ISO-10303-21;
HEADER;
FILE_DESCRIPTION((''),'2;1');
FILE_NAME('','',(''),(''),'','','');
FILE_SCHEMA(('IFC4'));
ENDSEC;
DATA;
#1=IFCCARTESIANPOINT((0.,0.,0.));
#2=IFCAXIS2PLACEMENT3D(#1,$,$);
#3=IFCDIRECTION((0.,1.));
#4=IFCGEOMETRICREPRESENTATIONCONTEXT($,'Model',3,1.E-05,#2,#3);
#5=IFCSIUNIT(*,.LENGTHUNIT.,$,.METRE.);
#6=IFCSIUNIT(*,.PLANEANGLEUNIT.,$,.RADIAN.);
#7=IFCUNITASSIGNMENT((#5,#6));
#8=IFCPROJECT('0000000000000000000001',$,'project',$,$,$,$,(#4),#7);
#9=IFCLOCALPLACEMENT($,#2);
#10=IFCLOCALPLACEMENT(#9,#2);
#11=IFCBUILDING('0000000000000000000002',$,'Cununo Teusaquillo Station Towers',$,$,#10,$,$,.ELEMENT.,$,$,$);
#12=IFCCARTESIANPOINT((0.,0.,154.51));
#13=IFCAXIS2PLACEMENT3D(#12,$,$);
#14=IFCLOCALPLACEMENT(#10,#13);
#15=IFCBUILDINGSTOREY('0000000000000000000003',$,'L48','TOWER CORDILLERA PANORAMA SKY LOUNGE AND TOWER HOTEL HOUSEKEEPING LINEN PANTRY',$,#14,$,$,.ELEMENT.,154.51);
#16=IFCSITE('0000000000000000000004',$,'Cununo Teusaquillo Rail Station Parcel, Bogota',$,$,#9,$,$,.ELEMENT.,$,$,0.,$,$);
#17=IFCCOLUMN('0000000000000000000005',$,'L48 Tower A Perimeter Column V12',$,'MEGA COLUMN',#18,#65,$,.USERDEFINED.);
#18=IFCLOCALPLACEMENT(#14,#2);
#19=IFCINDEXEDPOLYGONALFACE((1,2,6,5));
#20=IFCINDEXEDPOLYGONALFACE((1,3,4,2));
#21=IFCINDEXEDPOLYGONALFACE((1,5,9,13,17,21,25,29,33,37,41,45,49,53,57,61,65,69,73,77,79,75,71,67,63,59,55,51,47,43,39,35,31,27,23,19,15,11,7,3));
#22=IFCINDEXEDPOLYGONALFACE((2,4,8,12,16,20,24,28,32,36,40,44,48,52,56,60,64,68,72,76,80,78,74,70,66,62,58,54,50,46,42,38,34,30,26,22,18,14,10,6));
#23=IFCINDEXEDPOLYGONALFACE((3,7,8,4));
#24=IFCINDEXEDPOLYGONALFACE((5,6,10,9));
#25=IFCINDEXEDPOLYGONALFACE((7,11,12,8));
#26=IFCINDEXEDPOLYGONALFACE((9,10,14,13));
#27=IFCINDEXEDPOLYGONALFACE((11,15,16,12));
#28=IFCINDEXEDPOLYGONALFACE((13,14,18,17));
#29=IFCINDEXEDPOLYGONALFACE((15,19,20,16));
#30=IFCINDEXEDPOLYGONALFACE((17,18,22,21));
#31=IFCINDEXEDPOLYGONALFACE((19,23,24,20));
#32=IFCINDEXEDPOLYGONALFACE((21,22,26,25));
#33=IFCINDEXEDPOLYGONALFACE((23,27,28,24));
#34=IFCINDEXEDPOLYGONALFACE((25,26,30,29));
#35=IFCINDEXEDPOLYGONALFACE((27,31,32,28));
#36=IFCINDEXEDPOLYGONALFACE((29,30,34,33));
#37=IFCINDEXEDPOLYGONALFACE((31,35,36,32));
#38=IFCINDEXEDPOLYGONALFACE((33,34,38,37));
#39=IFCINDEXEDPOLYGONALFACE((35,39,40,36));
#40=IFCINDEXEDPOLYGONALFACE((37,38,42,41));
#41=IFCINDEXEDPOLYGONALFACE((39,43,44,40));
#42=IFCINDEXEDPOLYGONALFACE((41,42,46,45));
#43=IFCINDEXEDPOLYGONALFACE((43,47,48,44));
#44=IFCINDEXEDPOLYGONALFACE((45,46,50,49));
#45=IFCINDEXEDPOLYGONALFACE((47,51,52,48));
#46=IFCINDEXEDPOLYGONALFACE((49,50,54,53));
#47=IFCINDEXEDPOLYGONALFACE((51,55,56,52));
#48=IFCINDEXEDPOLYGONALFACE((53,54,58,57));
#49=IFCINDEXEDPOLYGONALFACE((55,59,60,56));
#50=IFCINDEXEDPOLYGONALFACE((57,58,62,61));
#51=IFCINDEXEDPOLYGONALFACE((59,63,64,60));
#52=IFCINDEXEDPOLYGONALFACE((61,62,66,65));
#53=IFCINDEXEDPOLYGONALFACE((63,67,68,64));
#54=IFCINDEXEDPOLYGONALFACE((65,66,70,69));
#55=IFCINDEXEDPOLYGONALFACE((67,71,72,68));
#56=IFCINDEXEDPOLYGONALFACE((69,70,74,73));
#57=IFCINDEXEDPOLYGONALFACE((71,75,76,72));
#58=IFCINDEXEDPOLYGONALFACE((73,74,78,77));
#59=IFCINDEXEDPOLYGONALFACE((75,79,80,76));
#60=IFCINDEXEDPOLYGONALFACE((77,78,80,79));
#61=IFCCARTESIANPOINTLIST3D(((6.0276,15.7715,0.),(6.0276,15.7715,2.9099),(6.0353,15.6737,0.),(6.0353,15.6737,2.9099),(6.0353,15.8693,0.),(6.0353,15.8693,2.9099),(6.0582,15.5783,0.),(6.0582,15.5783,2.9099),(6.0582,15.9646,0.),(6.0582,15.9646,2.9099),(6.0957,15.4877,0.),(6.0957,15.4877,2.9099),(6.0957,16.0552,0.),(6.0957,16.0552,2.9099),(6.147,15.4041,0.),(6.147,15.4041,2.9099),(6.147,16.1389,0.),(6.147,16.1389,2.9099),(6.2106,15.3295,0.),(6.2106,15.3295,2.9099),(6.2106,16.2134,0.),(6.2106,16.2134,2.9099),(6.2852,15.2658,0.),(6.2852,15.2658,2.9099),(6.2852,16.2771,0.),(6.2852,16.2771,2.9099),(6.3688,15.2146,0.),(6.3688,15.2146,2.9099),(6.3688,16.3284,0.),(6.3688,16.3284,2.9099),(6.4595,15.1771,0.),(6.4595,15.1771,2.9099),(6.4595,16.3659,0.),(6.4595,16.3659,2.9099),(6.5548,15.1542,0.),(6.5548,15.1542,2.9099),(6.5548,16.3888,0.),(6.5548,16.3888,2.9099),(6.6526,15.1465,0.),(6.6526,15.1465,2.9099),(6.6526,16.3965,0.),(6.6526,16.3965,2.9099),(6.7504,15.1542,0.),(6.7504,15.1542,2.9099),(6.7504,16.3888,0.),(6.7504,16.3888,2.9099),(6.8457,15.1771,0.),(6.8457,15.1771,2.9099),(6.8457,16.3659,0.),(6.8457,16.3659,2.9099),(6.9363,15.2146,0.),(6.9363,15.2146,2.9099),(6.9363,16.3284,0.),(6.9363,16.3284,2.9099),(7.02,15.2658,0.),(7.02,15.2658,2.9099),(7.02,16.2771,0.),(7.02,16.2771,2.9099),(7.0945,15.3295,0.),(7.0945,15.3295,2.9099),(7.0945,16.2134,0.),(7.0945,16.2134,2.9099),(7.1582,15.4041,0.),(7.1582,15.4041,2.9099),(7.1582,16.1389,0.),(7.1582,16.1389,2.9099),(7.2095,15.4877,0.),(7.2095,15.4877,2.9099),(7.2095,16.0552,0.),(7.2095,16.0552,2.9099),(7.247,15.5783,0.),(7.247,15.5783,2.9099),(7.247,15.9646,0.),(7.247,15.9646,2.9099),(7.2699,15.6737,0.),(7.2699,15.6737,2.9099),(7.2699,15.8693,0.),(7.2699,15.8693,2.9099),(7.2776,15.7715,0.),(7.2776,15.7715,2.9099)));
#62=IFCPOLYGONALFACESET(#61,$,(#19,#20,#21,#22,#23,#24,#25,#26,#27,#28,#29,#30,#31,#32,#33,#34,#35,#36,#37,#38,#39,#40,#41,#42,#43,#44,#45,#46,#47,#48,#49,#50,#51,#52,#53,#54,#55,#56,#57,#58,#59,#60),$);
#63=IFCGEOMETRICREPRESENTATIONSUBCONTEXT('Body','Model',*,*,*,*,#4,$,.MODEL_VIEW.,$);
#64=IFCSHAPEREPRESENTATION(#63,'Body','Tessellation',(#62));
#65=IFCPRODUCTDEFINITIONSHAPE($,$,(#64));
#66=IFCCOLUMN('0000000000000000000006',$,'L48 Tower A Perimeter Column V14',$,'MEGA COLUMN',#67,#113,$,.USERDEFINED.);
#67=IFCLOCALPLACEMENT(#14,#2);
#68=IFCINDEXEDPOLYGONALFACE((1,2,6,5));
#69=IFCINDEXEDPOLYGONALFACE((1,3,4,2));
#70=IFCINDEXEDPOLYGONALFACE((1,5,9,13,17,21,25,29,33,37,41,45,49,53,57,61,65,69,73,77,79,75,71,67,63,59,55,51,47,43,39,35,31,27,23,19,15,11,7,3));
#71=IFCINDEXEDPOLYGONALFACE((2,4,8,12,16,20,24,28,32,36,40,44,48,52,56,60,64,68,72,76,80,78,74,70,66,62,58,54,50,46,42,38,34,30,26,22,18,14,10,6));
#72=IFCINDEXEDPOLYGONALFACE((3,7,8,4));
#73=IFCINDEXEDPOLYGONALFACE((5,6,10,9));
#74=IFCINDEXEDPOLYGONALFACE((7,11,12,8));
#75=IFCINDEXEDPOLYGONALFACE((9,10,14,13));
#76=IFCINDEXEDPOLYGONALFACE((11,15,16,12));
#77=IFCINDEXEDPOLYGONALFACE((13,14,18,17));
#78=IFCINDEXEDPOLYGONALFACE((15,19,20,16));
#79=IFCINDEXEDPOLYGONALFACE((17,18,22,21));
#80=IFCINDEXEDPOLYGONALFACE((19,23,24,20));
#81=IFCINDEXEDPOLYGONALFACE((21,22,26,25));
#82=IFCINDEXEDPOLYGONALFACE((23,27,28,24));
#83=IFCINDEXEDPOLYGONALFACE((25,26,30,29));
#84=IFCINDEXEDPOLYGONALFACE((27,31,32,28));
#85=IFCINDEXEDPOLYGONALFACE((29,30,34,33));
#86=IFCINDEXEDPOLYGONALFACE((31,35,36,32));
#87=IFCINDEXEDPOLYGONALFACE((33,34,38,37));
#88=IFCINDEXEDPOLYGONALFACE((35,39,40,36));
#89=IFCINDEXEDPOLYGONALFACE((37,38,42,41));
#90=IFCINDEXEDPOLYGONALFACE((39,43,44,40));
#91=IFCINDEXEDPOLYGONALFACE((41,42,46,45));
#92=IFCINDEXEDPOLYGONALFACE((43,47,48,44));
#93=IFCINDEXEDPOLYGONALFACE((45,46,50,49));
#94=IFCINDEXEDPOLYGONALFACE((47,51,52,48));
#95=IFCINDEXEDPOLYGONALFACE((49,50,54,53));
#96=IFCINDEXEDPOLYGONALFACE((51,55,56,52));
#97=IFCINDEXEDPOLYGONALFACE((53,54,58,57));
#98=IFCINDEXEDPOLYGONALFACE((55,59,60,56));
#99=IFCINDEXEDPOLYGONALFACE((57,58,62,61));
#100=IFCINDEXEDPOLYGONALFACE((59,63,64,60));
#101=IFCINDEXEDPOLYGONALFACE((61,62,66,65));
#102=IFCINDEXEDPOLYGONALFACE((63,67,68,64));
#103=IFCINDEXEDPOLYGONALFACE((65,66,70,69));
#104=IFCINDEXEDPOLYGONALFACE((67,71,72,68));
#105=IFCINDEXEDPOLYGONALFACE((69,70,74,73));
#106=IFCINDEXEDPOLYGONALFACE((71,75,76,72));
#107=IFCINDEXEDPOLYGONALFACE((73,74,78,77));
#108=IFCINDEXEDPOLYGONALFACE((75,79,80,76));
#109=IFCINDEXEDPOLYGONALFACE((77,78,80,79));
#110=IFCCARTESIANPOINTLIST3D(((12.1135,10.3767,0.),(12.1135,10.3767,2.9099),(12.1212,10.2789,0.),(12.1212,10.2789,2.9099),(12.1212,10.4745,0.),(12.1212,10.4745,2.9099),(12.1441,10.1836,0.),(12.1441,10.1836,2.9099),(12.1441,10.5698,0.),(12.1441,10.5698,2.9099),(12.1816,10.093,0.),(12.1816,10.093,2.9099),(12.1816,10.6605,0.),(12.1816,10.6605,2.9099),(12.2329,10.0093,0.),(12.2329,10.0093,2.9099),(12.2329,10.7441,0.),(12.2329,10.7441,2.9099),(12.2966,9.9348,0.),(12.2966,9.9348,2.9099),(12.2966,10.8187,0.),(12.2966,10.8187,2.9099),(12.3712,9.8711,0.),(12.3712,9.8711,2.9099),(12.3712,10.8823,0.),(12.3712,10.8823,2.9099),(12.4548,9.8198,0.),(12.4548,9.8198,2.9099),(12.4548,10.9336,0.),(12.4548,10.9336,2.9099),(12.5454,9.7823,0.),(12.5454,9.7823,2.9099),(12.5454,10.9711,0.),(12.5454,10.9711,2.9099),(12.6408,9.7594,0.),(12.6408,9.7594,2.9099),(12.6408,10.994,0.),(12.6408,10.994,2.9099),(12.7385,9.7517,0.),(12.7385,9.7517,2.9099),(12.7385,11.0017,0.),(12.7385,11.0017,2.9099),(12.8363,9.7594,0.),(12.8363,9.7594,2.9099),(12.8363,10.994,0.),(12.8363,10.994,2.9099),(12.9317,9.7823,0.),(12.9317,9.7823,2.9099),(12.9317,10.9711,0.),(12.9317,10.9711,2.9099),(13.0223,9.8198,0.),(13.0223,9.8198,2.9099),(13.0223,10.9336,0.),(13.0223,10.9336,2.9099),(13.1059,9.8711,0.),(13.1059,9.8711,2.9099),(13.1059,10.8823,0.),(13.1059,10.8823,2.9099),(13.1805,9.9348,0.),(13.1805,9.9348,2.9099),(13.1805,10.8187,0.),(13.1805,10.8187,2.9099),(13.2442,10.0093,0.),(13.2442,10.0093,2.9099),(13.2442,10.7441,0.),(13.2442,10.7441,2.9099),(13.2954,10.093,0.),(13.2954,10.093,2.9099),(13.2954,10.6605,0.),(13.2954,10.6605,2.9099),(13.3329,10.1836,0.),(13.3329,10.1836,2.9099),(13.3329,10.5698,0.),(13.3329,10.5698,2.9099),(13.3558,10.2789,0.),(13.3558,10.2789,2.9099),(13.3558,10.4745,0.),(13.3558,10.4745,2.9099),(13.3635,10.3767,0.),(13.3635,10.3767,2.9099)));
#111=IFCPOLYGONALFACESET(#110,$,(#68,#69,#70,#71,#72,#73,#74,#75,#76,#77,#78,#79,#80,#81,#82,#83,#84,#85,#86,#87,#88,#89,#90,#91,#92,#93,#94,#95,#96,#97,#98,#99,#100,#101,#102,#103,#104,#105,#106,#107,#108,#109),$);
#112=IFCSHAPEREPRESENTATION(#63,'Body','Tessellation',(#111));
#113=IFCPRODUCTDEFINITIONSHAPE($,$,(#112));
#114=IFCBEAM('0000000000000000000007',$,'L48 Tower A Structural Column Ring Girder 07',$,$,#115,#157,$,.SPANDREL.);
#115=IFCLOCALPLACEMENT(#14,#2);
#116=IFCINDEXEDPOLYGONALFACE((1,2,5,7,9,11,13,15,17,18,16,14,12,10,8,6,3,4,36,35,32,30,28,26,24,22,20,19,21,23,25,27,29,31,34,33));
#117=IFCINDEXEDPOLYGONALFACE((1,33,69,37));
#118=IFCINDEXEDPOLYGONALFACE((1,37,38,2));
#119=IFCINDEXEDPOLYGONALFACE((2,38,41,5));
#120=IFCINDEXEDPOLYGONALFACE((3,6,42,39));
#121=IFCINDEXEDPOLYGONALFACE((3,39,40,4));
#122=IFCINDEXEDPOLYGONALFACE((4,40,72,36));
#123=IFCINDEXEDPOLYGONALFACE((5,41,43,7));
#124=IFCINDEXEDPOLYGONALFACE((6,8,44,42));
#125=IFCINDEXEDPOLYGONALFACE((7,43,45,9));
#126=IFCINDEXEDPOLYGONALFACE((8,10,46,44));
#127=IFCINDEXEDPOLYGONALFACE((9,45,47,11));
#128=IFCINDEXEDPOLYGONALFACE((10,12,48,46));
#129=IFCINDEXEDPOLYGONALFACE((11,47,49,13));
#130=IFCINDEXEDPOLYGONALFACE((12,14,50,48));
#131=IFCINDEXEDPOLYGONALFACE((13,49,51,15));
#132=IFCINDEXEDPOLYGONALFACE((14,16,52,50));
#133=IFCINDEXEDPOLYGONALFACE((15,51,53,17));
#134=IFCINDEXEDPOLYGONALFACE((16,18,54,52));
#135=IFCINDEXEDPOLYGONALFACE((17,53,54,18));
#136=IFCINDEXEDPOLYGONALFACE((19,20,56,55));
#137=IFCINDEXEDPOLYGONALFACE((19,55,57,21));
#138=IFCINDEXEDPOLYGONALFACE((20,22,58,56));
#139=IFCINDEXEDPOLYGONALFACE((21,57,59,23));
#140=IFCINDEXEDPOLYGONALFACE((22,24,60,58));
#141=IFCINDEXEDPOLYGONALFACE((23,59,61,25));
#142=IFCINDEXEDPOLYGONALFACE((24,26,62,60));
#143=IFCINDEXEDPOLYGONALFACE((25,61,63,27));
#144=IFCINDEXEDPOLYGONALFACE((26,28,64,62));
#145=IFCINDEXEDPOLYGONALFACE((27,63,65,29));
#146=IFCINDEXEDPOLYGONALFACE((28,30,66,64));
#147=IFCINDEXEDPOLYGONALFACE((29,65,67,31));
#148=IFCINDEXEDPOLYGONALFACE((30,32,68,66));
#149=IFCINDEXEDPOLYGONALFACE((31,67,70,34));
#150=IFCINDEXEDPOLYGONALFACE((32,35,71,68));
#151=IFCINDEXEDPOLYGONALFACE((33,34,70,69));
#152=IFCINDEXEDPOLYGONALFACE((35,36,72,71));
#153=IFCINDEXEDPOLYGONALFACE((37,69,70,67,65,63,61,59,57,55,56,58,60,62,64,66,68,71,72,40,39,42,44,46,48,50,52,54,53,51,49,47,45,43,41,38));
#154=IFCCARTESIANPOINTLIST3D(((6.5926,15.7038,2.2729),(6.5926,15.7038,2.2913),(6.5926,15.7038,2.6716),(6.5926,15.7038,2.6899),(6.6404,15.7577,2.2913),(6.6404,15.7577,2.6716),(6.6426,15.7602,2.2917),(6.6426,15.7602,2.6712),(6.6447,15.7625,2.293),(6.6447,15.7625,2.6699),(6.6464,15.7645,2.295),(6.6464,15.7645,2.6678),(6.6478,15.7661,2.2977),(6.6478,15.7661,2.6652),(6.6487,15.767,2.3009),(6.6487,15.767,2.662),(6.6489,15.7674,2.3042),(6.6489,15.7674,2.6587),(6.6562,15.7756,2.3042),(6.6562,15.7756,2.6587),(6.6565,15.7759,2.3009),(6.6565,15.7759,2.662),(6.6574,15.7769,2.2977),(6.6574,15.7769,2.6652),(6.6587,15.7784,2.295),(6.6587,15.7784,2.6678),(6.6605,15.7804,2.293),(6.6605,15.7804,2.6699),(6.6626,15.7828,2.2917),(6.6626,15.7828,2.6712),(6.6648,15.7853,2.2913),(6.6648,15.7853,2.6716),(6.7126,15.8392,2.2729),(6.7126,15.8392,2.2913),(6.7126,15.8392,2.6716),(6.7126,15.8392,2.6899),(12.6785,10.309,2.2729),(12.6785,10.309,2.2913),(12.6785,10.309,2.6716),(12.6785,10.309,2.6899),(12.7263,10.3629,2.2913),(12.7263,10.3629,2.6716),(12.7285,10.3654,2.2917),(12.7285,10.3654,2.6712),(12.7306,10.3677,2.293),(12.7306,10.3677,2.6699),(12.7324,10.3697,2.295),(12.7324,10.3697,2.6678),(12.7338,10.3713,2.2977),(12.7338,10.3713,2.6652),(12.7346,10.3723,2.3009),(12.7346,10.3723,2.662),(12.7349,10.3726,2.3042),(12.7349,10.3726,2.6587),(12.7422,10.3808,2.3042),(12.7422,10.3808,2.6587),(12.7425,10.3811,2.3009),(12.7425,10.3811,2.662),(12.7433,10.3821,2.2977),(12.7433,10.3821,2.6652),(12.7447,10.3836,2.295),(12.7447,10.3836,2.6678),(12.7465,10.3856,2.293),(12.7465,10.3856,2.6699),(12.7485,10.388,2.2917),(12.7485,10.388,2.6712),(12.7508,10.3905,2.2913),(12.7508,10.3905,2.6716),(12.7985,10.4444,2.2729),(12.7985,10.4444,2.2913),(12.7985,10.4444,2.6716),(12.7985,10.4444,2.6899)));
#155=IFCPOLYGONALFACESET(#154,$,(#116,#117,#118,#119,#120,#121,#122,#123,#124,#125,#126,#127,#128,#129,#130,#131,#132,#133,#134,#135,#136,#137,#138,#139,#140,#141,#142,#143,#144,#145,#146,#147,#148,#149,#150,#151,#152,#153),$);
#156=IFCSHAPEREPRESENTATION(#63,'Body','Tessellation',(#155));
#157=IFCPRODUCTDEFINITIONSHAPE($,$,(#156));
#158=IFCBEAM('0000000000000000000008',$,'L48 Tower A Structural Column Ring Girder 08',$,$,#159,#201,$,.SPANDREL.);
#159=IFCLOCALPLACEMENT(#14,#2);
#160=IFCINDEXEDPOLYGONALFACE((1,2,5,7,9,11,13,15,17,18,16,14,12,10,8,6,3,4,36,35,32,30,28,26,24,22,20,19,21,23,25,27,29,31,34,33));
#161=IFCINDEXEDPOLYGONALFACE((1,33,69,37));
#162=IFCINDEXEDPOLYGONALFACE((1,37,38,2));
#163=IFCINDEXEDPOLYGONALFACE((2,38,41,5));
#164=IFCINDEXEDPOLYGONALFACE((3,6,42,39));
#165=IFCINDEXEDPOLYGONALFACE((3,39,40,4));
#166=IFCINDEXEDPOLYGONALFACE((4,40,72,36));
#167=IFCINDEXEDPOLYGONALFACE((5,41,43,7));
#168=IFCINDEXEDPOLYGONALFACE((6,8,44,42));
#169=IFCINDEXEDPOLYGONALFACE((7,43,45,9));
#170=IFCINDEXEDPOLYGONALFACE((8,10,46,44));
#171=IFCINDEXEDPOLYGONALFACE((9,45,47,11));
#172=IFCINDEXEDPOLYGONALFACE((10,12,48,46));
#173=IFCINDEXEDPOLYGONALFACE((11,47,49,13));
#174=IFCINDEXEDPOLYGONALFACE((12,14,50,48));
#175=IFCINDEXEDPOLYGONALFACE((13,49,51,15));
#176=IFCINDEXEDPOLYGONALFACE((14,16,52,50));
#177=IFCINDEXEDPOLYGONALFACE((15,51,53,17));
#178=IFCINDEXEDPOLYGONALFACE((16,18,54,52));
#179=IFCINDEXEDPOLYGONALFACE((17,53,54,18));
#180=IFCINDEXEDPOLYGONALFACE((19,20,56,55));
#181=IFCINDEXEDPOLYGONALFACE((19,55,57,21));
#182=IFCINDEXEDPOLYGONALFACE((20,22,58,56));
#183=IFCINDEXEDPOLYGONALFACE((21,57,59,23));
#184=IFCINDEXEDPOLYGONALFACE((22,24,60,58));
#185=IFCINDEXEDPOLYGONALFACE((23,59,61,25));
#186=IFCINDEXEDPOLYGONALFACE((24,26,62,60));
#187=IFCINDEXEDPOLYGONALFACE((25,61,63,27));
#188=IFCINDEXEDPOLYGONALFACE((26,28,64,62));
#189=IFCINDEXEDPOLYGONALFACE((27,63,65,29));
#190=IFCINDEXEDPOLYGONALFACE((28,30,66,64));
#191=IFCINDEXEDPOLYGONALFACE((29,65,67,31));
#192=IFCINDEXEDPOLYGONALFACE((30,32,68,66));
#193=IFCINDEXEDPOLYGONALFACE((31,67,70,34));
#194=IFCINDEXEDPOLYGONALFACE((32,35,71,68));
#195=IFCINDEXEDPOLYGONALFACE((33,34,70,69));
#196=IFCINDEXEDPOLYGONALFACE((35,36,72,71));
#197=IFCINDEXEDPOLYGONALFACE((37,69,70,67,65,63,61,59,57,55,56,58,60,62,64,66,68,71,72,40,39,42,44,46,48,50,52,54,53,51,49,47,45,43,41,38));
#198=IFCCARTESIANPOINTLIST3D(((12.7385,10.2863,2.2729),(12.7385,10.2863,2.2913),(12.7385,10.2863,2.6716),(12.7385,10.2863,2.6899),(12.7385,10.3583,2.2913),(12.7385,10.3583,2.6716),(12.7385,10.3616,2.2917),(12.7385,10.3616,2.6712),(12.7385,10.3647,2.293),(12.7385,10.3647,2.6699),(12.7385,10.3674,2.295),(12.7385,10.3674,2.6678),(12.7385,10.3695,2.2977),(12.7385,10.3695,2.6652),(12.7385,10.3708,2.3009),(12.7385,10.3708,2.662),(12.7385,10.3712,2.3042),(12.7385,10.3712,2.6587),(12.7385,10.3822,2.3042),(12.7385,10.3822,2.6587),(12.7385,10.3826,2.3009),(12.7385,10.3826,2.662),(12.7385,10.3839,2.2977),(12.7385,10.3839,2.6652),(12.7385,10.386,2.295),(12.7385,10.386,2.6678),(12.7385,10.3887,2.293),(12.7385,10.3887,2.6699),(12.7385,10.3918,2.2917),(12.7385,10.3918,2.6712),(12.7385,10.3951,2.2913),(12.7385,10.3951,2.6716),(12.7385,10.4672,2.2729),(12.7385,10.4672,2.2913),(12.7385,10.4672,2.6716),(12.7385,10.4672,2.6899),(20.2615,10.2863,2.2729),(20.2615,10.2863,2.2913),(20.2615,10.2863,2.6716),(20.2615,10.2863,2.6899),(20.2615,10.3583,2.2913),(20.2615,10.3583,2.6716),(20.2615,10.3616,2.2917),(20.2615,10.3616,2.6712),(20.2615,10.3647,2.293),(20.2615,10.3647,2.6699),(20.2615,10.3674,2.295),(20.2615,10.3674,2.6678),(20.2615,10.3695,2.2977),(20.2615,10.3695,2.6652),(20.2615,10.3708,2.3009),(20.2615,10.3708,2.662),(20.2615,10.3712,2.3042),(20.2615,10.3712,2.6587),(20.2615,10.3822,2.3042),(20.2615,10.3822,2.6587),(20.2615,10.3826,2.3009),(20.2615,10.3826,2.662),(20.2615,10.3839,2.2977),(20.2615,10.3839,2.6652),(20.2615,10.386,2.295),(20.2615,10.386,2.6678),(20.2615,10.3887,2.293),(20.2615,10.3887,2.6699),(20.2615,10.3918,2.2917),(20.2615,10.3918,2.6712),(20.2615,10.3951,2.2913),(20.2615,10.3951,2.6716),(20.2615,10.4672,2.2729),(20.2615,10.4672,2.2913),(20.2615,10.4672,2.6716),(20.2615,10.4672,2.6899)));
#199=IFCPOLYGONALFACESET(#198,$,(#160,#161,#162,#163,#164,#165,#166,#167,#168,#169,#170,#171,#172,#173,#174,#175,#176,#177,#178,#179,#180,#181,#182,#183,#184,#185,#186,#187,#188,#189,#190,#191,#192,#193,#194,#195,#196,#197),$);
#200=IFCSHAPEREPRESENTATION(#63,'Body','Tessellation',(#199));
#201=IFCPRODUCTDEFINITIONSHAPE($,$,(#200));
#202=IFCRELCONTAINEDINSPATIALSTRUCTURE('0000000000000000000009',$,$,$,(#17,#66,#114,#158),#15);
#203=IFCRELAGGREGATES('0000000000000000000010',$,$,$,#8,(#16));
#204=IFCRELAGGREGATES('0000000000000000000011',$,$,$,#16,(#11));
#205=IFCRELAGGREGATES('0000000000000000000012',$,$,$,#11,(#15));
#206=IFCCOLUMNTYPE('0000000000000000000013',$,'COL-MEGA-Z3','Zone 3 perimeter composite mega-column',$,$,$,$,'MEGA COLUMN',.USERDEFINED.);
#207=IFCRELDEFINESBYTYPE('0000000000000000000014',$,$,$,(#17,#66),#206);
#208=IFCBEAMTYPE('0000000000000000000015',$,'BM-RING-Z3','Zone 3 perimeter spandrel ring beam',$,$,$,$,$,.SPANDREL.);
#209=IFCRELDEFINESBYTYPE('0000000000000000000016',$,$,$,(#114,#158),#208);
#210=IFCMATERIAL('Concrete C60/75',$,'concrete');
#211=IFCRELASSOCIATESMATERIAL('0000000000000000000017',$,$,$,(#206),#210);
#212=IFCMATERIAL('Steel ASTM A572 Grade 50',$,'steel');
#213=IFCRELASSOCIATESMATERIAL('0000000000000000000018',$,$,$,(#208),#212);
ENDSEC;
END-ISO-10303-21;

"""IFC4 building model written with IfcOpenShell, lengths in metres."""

from ifc_helpers import new_model, si_unit, direction, frame, origin, origin_2d, place, context, subcontext, project, spatial, circle, i_section, extrude, material, material_profile, profile_set, type_object, element, save


model = new_model("IFC4")

# Units and contexts
model_context = context("Model", 3, precision=1e-05, world=origin(), true_north=direction((0.0, 1.0)))
body_context = subcontext(model_context, "Body", "Model", "MODEL_VIEW")
ifc_project = project(units=[si_unit("LENGTHUNIT", "METRE"), si_unit("PLANEANGLEUNIT", "RADIAN")], contexts=[model_context])

# Site, building, storey
site_placement = place(None, origin())
site = spatial("IfcSite", under=ifc_project, at=site_placement, Name="Cununo Teusaquillo Rail Station Parcel, Bogota", CompositionType="ELEMENT", RefElevation=0.0)
building_placement = place(site_placement, origin())
building = spatial("IfcBuilding", under=site, at=building_placement, Name="Cununo Teusaquillo Station Towers", CompositionType="ELEMENT")
storey_placement = place(building_placement, frame((0.0, 0.0, 154.51)))
storey = spatial("IfcBuildingStorey", under=building, at=storey_placement, Name="L48", Description="TOWER CORDILLERA PANORAMA SKY LOUNGE AND TOWER HOTEL HOUSEKEEPING LINEN PANTRY", CompositionType="ELEMENT", Elevation=154.51)

# Columns
ifc_material_1 = material(Name="Concrete C60/75", Category="concrete")
ifc_material_profile_1 = material_profile(ifc_material_1, circle(Radius=0.625, at=origin_2d()), Name="RC-CIRC-1250")
ifc_profile_set_1 = profile_set([ifc_material_profile_1], Name="Concrete C60/75")
column_type = type_object("IfcColumnType", Name="COL-MEGA-Z3", Description="Zone 3 perimeter composite mega-column", ElementType="MEGA COLUMN", PredefinedType="USERDEFINED", material=ifc_profile_set_1)
for number, where, z_axis, x_axis, name in (
    (1, (6.6526, 15.7715, 0.0), (0.0, 0.0, 1.0), (1.0, 0.0, 0.0), "L48 Tower A Perimeter Column V12"),
    (2, (12.7385, 10.3767, 0.0), (0.0, 0.0, 1.0), (1.0, 0.0, 0.0), "L48 Tower A Perimeter Column V14"),
):
    element("IfcColumn", number, at=place(storey_placement, frame(where, z_axis=z_axis, x_axis=x_axis)), inside=storey, type_object=column_type, Name=name, ObjectType="MEGA COLUMN", PredefinedType="USERDEFINED", context=body_context, shape_type="SweptSolid", body=[
        extrude(circle(Radius=0.625, at=origin_2d()), origin(), (0.0, 0.0, 1.0), 2.9099),
    ])

# Beams
ifc_material_2 = material(Name="Steel ASTM A572 Grade 50", Category="steel")
ifc_material_profile_2 = material_profile(ifc_material_2, i_section(OverallWidth=0.1809, OverallDepth=0.417, WebThickness=0.011, FlangeThickness=0.0183, FilletRadius=0.0129, at=origin_2d()), Name="W16X57")
ifc_profile_set_2 = profile_set([ifc_material_profile_2], Name="Steel ASTM A572 Grade 50")
beam_type = type_object("IfcBeamType", Name="BM-RING-Z3", Description="Zone 3 perimeter spandrel ring beam", PredefinedType="SPANDREL", material=ifc_profile_set_2)
beam_1_placement = place(storey_placement, frame((6.6526, 15.7715, 2.4814), z_axis=(0.748321, -0.663337, 0.0), x_axis=(0.663337, 0.748321, 0.0)))
element("IfcBeam", 3, at=beam_1_placement, inside=storey, type_object=beam_type, Name="L48 Tower A Structural Column Ring Girder 07", PredefinedType="SPANDREL", context=body_context, shape_type="SweptSolid", body=[
    extrude(i_section(OverallWidth=0.1809, OverallDepth=0.417, WebThickness=0.011, FlangeThickness=0.0183, FilletRadius=0.0129, at=origin_2d()), origin(), (0.0, 0.0, 1.0), 8.1328),
])
beam_2_placement = place(storey_placement, frame((12.7385, 10.3767, 2.4814), z_axis=(1.0, 0.0, 0.0), x_axis=(0.0, 1.0, 0.0)))
element("IfcBeam", 4, at=beam_2_placement, inside=storey, type_object=beam_type, Name="L48 Tower A Structural Column Ring Girder 08", PredefinedType="SPANDREL", context=body_context, shape_type="SweptSolid", body=[
    extrude(i_section(OverallWidth=0.1809, OverallDepth=0.417, WebThickness=0.011, FlangeThickness=0.0183, FilletRadius=0.0129, at=origin_2d()), origin(), (0.0, 0.0, 1.0), 7.5229),
])

save(model, "model.ifc")
